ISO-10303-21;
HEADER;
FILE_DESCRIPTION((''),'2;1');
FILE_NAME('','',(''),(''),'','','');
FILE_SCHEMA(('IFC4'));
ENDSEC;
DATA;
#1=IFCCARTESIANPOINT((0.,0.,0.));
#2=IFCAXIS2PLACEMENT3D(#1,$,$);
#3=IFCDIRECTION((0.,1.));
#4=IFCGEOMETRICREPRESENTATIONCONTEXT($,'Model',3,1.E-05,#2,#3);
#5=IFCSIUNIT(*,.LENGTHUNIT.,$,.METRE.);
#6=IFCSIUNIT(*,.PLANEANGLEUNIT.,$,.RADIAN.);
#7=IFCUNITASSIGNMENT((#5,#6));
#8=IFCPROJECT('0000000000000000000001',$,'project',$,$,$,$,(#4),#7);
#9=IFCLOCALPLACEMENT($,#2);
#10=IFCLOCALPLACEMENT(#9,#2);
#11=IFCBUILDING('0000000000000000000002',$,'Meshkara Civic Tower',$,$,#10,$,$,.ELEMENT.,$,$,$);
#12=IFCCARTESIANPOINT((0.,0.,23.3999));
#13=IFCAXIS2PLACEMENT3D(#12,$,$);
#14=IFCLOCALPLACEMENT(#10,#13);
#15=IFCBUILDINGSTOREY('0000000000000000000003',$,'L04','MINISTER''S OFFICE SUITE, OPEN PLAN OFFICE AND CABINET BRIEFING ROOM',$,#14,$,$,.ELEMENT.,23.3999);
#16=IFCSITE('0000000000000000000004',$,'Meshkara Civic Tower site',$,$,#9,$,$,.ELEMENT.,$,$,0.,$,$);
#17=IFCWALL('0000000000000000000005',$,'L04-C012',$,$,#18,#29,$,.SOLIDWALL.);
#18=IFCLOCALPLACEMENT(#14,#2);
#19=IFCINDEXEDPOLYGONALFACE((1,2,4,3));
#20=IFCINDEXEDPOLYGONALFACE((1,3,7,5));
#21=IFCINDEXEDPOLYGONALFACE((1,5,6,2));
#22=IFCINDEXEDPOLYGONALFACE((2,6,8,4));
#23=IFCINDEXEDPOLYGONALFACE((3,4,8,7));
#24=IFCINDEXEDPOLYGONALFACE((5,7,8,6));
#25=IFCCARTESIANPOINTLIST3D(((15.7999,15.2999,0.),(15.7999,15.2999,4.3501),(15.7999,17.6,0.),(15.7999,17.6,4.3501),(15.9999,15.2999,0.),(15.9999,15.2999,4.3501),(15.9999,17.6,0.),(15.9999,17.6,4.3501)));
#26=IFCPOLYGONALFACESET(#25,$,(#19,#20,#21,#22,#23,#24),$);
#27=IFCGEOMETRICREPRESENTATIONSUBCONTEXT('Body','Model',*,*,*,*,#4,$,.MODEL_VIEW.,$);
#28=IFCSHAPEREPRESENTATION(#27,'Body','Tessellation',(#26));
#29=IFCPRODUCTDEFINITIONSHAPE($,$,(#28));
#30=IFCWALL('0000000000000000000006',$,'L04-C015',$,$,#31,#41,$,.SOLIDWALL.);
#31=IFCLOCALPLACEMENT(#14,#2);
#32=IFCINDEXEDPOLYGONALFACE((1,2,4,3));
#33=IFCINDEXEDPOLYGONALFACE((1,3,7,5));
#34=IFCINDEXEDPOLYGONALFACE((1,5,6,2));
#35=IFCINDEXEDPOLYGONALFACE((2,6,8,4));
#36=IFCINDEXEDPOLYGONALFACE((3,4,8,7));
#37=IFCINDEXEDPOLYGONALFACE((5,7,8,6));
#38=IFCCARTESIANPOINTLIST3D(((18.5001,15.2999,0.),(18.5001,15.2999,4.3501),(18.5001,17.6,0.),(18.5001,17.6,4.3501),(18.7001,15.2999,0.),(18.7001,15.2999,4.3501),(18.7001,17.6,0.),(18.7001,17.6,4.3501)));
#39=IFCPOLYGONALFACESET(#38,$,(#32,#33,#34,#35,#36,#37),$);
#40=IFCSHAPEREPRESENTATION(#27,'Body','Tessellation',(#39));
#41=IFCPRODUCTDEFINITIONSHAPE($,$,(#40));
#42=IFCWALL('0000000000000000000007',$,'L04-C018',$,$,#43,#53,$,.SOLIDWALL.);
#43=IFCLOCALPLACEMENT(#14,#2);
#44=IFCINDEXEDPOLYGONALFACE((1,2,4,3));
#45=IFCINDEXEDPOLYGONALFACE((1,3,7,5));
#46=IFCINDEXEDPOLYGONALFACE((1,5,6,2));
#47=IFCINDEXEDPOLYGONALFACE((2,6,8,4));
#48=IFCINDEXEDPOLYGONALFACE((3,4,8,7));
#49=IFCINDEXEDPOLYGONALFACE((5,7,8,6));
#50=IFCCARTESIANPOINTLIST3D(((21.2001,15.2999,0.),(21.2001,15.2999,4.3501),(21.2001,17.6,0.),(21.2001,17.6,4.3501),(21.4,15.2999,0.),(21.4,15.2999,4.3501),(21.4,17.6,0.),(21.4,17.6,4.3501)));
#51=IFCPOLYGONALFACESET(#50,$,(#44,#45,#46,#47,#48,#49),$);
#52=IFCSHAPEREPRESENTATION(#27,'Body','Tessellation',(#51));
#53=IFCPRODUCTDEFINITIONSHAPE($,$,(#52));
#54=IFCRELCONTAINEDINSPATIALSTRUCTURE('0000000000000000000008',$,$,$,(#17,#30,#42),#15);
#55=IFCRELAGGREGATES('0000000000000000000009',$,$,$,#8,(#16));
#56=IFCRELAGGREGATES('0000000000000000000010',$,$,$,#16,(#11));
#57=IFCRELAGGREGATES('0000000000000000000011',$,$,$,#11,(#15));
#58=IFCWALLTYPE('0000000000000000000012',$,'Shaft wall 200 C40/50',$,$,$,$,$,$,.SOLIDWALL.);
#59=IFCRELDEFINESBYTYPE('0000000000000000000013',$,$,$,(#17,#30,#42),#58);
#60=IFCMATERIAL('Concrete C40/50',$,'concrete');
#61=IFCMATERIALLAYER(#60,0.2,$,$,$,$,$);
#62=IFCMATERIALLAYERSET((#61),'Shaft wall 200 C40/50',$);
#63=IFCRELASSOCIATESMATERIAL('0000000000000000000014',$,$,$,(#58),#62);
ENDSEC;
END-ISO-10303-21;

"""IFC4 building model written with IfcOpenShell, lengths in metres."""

from ifc_helpers import new_model, si_unit, direction, frame, frame_2d, origin, place, context, subcontext, project, spatial, rectangle, extrude, material, layer, layer_set, type_object, element, save


model = new_model("IFC4")

# Units and contexts
model_context = context("Model", 3, precision=1e-05, world=origin(), true_north=direction((0.0, 1.0)))
body_context = subcontext(model_context, "Body", "Model", "MODEL_VIEW")
ifc_project = project(units=[si_unit("LENGTHUNIT", "METRE"), si_unit("PLANEANGLEUNIT", "RADIAN")], contexts=[model_context])

# Site, building, storey
site_placement = place(None, origin())
site = spatial("IfcSite", under=ifc_project, at=site_placement, Name="Meshkara Civic Tower site", CompositionType="ELEMENT", RefElevation=0.0)
building_placement = place(site_placement, origin())
building = spatial("IfcBuilding", under=site, at=building_placement, Name="Meshkara Civic Tower", CompositionType="ELEMENT")
storey_placement = place(building_placement, frame((0.0, 0.0, 23.3999)))
storey = spatial("IfcBuildingStorey", under=building, at=storey_placement, Name="L04", Description="MINISTER'S OFFICE SUITE, OPEN PLAN OFFICE AND CABINET BRIEFING ROOM", CompositionType="ELEMENT", Elevation=23.3999)

# Shared definitions
ifc_material_1 = material(Name="Concrete C40/50", Category="concrete")
ifc_layer_1 = layer(ifc_material_1, 0.2)
ifc_layer_set_1 = layer_set([ifc_layer_1], Name="Shaft wall 200 C40/50")
wall_type_1 = type_object("IfcWallType", Name="Shaft wall 200 C40/50", PredefinedType="SOLIDWALL", material=ifc_layer_set_1)

# Walls
for number, where, z_axis, x_axis, name in (
    (1, (15.8999, 15.3, 0.0), (0.0, 0.0, 1.0), (0.0, 1.0, 0.0), "L04-C012"),
    (2, (18.6001, 15.3, 0.0), (0.0, 0.0, 1.0), (0.0, 1.0, 0.0), "L04-C015"),
    (3, (21.3, 15.3, 0.0), (0.0, 0.0, 1.0), (0.0, 1.0, 0.0), "L04-C018"),
):
    element("IfcWall", number, at=place(storey_placement, frame(where, z_axis=z_axis, x_axis=x_axis)), inside=storey, type_object=wall_type_1, Name=name, PredefinedType="SOLIDWALL", context=body_context, shape_type="SweptSolid", body=[
        extrude(rectangle(XDim=2.3, YDim=0.2, at=frame_2d((1.1499, 0.0))), origin(), (0.0, 0.0, 1.0), 4.3501),
    ])

save(model, "model.ifc")
